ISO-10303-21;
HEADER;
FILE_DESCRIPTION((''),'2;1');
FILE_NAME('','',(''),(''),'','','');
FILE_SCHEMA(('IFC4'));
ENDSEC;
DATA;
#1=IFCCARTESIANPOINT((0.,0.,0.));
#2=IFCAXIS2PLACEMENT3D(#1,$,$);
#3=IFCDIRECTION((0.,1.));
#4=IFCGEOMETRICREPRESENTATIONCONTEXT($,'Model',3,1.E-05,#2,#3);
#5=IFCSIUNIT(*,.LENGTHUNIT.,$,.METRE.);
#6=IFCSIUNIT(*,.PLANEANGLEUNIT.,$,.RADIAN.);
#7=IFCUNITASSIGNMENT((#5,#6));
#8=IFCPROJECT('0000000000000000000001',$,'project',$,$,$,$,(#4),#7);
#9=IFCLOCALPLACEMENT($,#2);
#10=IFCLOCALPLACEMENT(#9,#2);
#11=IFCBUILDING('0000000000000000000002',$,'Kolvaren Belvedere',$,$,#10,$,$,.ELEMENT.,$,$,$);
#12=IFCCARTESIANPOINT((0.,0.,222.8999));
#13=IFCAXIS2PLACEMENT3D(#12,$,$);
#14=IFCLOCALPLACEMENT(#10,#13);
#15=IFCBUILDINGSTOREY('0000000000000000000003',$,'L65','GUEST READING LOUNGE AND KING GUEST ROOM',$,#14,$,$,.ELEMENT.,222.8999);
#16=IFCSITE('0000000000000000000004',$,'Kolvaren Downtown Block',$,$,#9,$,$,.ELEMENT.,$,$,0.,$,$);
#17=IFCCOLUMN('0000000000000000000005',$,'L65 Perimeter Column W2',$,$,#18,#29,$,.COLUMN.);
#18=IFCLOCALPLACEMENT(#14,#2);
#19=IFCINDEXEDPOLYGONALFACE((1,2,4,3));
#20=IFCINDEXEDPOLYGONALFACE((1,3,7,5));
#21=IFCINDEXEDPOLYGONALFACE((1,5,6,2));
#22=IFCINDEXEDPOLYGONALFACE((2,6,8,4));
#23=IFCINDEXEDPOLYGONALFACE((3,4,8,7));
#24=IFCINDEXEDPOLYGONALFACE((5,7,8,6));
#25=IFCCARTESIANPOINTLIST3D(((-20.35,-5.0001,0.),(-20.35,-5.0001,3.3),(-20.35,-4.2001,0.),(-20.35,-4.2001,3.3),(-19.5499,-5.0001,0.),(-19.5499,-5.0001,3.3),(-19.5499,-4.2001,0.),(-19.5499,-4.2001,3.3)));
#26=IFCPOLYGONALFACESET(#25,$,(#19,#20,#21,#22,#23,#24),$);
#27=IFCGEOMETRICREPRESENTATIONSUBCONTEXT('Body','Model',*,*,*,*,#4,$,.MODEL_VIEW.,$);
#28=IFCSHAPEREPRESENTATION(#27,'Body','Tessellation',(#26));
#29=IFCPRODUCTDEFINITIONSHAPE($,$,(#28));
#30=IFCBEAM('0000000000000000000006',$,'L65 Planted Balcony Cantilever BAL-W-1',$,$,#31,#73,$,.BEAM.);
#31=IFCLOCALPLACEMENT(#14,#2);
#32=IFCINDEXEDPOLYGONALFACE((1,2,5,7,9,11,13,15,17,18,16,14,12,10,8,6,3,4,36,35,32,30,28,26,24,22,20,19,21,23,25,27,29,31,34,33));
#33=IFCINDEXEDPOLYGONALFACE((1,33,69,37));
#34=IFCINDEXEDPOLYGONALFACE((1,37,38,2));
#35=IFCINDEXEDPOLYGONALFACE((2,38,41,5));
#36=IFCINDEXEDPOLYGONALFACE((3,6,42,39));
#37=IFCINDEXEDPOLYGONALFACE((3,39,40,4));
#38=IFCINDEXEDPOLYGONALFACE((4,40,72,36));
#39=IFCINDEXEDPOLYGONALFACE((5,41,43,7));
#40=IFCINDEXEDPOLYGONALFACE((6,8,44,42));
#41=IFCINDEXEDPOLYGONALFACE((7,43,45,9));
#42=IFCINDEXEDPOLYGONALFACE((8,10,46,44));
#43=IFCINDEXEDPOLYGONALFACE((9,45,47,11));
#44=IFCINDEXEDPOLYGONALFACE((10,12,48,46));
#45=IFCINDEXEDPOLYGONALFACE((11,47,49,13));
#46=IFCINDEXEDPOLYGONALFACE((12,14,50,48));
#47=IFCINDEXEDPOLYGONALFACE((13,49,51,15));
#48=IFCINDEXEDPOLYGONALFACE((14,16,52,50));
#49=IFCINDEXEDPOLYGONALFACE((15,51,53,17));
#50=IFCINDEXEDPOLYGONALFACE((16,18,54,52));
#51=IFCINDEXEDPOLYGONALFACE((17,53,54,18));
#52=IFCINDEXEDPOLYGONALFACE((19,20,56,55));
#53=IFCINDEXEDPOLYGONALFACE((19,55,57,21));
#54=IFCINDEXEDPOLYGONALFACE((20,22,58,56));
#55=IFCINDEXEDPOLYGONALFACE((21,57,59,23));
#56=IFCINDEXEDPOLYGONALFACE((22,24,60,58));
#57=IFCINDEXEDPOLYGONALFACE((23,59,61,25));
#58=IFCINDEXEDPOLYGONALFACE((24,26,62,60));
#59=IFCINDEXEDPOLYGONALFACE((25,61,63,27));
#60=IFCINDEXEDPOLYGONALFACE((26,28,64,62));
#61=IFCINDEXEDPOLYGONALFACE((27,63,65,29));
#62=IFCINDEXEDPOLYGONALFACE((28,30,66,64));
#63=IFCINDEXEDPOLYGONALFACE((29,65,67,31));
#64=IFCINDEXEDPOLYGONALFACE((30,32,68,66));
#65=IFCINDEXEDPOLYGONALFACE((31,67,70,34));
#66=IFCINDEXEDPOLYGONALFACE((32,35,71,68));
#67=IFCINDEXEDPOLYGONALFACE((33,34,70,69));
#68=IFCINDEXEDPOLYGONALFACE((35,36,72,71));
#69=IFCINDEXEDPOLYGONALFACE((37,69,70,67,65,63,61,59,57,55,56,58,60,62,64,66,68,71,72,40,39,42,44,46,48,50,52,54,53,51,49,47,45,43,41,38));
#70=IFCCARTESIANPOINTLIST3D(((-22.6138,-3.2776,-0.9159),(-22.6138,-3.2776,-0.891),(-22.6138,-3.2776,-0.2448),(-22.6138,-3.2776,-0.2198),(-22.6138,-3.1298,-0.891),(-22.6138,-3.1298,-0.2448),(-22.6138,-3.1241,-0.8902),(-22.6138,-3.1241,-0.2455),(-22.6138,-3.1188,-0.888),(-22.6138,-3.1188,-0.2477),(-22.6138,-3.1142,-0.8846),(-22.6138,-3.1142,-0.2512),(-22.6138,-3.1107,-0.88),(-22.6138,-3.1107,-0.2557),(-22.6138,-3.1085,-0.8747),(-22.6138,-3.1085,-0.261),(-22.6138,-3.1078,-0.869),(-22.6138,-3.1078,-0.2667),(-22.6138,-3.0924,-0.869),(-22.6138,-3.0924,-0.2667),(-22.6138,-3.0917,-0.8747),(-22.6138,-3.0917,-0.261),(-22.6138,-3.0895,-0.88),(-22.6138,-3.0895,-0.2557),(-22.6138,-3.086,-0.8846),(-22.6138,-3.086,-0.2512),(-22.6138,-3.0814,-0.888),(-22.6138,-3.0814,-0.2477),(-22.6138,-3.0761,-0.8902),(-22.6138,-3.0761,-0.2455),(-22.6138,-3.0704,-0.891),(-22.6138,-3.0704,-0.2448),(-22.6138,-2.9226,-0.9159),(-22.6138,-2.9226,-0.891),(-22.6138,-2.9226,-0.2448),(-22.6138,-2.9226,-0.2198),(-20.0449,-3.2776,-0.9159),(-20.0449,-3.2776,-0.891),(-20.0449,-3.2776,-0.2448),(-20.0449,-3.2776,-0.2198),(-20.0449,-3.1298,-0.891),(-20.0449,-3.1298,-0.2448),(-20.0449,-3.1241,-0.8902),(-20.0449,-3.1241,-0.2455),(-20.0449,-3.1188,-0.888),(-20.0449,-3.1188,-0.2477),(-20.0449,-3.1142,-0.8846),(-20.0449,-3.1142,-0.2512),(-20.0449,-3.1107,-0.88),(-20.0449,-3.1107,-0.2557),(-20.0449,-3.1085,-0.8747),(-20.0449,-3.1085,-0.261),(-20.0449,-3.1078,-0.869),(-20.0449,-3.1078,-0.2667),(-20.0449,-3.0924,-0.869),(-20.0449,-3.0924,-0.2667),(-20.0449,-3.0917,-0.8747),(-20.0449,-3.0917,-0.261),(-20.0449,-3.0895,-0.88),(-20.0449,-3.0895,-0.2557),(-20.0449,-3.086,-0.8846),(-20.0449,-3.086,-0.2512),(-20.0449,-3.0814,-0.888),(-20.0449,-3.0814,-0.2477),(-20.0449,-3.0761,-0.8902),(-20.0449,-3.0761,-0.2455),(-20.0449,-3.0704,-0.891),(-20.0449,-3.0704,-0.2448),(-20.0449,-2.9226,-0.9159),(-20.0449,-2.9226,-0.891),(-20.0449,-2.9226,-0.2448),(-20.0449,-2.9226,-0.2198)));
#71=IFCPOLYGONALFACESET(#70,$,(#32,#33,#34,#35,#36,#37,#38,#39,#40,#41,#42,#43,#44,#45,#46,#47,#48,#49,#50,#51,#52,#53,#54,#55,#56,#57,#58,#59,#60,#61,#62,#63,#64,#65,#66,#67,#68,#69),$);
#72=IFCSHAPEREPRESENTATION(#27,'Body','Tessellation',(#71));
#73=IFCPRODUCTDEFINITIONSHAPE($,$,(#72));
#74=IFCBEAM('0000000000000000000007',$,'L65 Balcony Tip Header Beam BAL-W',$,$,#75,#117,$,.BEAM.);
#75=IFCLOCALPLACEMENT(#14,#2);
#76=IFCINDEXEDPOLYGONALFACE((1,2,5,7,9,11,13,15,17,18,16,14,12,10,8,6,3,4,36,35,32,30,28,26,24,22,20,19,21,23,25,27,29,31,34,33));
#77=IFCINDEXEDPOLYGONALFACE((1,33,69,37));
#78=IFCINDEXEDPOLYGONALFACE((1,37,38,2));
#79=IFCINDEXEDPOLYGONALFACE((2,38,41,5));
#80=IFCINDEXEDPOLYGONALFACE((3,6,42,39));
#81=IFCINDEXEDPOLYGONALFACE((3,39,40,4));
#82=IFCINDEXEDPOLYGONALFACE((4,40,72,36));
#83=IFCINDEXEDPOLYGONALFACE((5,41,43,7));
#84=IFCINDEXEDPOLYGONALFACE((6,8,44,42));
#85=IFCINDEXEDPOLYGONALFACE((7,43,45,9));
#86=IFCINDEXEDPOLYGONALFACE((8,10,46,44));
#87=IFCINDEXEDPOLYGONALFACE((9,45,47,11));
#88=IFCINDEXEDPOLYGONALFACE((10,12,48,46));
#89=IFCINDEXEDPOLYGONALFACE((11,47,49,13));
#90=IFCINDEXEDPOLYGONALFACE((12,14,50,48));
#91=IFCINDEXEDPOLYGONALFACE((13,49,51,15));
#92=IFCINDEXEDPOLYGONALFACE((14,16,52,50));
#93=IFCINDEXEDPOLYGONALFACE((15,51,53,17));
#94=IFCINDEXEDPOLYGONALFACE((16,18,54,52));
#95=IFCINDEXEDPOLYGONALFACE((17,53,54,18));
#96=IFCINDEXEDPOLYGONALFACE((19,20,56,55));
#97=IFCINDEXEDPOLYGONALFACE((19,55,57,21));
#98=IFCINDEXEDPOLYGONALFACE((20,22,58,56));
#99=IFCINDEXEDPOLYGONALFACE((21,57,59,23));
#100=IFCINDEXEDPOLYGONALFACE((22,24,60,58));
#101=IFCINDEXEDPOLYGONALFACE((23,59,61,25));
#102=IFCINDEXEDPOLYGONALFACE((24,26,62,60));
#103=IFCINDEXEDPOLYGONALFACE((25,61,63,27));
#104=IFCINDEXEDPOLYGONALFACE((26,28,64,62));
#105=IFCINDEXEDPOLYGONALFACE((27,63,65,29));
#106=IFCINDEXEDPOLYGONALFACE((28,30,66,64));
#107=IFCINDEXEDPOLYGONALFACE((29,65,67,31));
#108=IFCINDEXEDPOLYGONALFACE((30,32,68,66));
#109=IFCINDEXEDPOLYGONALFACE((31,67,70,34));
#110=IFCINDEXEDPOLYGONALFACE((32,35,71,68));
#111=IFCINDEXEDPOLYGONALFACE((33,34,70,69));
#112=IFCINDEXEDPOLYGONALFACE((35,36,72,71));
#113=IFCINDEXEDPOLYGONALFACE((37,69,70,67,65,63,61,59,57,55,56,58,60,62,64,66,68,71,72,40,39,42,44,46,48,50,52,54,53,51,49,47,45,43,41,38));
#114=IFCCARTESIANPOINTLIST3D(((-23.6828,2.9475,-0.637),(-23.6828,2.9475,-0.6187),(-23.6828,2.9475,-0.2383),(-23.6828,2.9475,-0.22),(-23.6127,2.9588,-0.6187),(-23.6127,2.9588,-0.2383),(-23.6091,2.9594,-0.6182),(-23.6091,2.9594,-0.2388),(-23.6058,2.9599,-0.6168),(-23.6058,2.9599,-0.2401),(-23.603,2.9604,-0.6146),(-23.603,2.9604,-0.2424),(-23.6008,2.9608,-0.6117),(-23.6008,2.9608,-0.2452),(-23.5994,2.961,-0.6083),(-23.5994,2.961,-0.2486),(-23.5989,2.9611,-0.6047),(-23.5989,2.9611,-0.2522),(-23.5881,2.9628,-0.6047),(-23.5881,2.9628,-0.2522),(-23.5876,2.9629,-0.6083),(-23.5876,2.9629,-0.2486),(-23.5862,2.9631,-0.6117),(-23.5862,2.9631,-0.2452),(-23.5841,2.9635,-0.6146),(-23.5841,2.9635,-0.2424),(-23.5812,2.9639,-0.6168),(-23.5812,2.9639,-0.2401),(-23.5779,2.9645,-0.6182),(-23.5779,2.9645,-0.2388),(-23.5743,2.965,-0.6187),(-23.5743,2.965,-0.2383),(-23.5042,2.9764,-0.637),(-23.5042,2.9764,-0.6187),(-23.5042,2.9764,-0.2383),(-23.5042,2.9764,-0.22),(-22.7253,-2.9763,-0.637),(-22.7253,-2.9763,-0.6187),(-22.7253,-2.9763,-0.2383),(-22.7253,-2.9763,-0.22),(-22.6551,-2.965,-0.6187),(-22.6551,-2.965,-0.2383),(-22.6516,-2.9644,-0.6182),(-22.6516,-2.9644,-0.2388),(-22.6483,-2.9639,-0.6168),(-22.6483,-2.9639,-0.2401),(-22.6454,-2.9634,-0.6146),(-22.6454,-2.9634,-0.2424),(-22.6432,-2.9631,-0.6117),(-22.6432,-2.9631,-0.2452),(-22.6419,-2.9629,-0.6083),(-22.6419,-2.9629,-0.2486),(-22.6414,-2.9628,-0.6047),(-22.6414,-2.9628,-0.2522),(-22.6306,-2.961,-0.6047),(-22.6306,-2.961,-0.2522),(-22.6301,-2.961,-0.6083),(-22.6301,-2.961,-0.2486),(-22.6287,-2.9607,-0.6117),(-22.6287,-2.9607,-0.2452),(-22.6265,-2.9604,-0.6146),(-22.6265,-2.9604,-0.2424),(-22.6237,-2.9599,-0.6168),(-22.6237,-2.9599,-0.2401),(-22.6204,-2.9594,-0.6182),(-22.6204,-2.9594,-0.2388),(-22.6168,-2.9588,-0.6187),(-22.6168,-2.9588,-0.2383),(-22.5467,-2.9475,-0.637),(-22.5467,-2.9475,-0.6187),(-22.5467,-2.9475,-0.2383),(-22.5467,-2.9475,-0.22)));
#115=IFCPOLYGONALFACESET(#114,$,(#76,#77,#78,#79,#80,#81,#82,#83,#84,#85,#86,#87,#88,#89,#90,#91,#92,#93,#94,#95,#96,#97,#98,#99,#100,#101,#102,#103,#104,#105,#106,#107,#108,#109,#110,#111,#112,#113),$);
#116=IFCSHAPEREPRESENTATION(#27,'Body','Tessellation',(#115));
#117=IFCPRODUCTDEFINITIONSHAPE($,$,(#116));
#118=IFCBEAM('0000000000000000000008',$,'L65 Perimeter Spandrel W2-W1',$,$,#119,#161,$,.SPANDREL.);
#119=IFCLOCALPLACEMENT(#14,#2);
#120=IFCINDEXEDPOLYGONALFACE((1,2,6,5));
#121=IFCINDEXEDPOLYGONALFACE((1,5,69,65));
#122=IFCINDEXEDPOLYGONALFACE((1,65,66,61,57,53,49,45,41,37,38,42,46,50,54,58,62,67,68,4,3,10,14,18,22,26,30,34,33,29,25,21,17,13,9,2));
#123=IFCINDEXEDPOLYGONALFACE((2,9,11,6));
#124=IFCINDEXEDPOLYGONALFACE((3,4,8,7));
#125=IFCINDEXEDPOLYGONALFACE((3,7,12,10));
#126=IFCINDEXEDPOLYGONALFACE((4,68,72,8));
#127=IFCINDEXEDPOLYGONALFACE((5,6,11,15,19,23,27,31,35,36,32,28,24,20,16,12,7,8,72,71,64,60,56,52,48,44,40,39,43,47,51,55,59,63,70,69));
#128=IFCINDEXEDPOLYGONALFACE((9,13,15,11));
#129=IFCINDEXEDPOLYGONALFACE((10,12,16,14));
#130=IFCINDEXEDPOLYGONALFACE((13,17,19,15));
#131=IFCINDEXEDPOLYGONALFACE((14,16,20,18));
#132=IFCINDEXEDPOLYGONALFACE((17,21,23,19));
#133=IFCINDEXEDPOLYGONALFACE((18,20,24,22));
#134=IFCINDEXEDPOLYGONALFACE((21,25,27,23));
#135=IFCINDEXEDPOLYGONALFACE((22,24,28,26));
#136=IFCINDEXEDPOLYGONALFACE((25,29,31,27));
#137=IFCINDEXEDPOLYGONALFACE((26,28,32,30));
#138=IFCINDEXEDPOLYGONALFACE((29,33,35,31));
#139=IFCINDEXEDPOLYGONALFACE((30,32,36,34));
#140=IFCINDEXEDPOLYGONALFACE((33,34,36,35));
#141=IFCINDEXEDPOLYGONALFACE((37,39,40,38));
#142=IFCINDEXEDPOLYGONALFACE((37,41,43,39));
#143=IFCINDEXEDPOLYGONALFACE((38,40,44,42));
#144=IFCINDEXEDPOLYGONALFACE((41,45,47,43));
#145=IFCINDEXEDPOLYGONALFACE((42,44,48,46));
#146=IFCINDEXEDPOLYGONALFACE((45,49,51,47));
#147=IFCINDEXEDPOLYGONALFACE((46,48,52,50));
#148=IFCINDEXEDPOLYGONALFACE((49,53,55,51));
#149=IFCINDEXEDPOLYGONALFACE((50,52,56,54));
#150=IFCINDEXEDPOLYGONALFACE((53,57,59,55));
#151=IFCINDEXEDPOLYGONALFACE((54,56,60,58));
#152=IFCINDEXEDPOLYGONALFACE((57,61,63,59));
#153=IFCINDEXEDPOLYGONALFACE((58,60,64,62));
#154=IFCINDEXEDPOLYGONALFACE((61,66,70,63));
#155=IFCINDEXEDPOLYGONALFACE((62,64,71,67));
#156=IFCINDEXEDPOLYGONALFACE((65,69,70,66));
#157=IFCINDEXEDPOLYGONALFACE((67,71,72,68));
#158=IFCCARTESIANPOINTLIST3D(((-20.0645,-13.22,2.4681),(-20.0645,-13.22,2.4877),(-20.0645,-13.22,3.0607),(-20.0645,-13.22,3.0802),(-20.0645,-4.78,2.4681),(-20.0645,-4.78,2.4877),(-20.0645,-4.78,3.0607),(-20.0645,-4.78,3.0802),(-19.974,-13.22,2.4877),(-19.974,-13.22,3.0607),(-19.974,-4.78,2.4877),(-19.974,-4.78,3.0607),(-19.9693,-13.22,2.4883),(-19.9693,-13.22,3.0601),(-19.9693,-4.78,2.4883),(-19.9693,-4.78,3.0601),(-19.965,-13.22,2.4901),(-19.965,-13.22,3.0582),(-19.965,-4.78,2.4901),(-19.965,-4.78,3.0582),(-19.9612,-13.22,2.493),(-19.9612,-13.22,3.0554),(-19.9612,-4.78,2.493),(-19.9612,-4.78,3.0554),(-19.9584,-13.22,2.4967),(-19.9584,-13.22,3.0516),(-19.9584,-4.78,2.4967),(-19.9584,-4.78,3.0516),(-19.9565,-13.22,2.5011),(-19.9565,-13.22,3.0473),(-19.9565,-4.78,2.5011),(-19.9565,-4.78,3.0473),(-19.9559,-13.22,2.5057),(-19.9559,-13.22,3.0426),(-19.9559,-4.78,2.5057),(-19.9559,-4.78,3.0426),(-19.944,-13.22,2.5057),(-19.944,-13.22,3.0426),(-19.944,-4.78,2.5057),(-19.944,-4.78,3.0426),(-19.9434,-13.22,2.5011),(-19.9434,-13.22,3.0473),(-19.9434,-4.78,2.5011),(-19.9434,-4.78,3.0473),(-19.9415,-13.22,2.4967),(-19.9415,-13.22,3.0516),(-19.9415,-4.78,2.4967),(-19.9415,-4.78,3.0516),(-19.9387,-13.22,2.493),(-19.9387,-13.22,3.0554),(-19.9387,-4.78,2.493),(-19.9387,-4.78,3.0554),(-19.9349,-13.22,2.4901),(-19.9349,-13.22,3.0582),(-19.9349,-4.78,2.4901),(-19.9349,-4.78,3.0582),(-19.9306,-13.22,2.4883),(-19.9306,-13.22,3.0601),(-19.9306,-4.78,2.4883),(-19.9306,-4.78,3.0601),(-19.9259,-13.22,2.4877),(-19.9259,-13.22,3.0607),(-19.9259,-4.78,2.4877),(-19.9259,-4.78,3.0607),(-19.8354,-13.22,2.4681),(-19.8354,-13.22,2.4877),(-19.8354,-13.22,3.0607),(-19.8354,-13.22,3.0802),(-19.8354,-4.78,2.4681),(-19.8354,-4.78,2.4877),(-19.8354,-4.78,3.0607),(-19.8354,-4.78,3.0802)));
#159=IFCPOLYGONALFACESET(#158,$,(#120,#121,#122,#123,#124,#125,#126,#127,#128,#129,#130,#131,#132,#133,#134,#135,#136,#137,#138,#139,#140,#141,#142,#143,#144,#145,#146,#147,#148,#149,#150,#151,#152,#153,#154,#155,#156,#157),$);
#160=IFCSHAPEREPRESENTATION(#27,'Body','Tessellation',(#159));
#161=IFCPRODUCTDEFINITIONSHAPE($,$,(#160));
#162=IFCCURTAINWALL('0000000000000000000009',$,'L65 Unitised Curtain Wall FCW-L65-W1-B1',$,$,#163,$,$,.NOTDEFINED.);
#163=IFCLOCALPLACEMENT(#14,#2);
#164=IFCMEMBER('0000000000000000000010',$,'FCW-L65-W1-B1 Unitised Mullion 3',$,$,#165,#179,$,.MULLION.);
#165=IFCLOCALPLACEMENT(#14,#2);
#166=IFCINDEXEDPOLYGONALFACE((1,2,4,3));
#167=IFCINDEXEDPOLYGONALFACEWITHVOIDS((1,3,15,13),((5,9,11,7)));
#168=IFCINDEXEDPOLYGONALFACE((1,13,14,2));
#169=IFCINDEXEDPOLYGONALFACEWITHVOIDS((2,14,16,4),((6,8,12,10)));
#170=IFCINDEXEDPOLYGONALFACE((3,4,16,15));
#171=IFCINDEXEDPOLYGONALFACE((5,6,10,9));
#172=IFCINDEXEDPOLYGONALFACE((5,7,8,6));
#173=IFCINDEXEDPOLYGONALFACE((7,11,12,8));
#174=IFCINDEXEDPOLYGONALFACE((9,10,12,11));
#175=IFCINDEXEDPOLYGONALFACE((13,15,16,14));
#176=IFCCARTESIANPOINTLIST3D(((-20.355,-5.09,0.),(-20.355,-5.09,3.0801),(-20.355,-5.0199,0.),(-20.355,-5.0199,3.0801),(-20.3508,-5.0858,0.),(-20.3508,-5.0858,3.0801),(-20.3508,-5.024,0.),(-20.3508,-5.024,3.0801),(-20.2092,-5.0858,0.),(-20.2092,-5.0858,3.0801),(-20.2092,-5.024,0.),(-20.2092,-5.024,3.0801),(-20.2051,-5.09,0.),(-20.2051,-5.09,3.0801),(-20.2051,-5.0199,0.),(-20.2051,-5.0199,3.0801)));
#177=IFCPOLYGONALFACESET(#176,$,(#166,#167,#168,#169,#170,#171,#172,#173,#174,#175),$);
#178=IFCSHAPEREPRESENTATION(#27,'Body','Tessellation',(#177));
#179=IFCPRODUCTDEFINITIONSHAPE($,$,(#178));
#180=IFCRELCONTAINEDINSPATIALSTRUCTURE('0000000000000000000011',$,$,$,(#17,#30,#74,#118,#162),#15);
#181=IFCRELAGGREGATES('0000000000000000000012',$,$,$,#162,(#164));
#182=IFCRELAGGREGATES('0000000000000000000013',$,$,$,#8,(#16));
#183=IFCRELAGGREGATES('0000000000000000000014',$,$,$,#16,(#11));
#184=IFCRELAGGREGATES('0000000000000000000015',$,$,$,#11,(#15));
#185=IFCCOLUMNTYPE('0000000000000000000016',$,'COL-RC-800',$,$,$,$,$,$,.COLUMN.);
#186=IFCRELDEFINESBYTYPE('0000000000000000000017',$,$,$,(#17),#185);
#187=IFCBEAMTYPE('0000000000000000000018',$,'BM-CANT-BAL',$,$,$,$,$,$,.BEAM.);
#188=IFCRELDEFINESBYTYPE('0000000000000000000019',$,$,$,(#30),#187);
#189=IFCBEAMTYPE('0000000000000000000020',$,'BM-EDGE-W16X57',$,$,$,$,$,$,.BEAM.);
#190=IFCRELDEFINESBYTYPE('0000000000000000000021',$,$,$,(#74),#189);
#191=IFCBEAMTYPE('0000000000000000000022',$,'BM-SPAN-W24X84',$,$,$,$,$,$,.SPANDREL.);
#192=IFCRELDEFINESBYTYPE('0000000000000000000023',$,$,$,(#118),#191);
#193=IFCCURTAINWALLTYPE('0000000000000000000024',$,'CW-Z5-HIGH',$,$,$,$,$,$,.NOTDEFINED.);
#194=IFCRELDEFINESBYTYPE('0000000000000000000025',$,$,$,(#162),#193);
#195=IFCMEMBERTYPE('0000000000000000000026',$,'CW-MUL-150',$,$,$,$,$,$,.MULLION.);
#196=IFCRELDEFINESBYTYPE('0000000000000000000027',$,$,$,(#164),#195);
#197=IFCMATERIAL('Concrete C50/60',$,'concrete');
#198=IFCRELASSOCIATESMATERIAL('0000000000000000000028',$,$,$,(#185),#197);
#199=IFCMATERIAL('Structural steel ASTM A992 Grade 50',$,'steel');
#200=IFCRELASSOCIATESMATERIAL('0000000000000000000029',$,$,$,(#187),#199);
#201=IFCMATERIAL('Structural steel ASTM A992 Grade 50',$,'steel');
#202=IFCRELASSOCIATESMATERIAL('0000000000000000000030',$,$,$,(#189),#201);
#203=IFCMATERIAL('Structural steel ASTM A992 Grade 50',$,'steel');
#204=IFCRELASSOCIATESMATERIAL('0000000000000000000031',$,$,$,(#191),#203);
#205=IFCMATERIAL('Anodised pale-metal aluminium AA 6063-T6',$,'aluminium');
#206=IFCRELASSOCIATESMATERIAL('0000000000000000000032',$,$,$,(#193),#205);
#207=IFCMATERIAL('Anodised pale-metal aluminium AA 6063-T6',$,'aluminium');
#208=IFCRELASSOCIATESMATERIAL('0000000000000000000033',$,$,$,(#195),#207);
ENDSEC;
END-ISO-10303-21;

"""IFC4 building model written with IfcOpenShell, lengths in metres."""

from ifc_helpers import new_model, si_unit, direction, frame, origin, origin_2d, place, context, subcontext, project, spatial, rectangle, hollow_rectangle, i_section, extrude, material, material_profile, profile_set, type_object, element, aggregate, save


model = new_model("IFC4")

# Units and contexts
model_context = context("Model", 3, precision=1e-05, world=origin(), true_north=direction((0.0, 1.0)))
body_context = subcontext(model_context, "Body", "Model", "MODEL_VIEW")
ifc_project = project(units=[si_unit("LENGTHUNIT", "METRE"), si_unit("PLANEANGLEUNIT", "RADIAN")], contexts=[model_context])

# Site, building, storey
site_placement = place(None, origin())
site = spatial("IfcSite", under=ifc_project, at=site_placement, Name="Kolvaren Downtown Block", CompositionType="ELEMENT", RefElevation=0.0)
building_placement = place(site_placement, origin())
building = spatial("IfcBuilding", under=site, at=building_placement, Name="Kolvaren Belvedere", CompositionType="ELEMENT")
storey_placement = place(building_placement, frame((0.0, 0.0, 222.8999)))
storey = spatial("IfcBuildingStorey", under=building, at=storey_placement, Name="L65", Description="GUEST READING LOUNGE AND KING GUEST ROOM", CompositionType="ELEMENT", Elevation=222.8999)

# Column
ifc_material_1 = material(Name="Concrete C50/60", Category="concrete")
ifc_material_profile_1 = material_profile(ifc_material_1, rectangle(XDim=0.8, YDim=0.8, at=origin_2d()), Name="RC 800X800")
ifc_profile_set_1 = profile_set([ifc_material_profile_1], Name="Concrete C50/60")
column_type = type_object("IfcColumnType", Name="COL-RC-800", PredefinedType="COLUMN", material=ifc_profile_set_1)
column_placement = place(storey_placement, frame((-19.95, -4.6001, 0.0), z_axis=(0.0, 0.0, 1.0), x_axis=(1.0, 0.0, 0.0)))
element("IfcColumn", 1, at=column_placement, inside=storey, type_object=column_type, Name="L65 Perimeter Column W2", PredefinedType="COLUMN", context=body_context, shape_type="SweptSolid", body=[
    extrude(rectangle(XDim=0.8, YDim=0.8, at=origin_2d()), origin(), (0.0, 0.0, 1.0), 3.3),
])

# Beams
ifc_material_2 = material(Name="Structural steel ASTM A992 Grade 50", Category="steel")
ifc_material_profile_2 = material_profile(ifc_material_2, i_section(OverallWidth=0.355, OverallDepth=0.696, WebThickness=0.0154, FlangeThickness=0.0249, FilletRadius=0.022, at=origin_2d()), Name="W27X146")
ifc_profile_set_2 = profile_set([ifc_material_profile_2], Name="Structural steel ASTM A992 Grade 50")
beam_type_1 = type_object("IfcBeamType", Name="BM-CANT-BAL", PredefinedType="BEAM", material=ifc_profile_set_2)
beam_1_placement = place(storey_placement, frame((-20.0449, -3.1001, -0.5679), z_axis=(-1.0, 0.0, 0.0), x_axis=(0.0, -1.0, 0.0)))
element("IfcBeam", 2, at=beam_1_placement, inside=storey, type_object=beam_type_1, Name="L65 Planted Balcony Cantilever BAL-W-1", PredefinedType="BEAM", context=body_context, shape_type="SweptSolid", body=[
    extrude(i_section(OverallWidth=0.355, OverallDepth=0.696, WebThickness=0.0154, FlangeThickness=0.0249, FilletRadius=0.022, at=origin_2d()), origin(), (0.0, 0.0, 1.0), 2.5688),
])
ifc_material_3 = material(Name="Structural steel ASTM A992 Grade 50", Category="steel")
ifc_material_profile_3 = material_profile(ifc_material_3, i_section(OverallWidth=0.1809, OverallDepth=0.417, WebThickness=0.011, FlangeThickness=0.0183, FilletRadius=0.0139, at=origin_2d()), Name="W16X57")
ifc_profile_set_3 = profile_set([ifc_material_profile_3], Name="Structural steel ASTM A992 Grade 50")
beam_type_2 = type_object("IfcBeamType", Name="BM-EDGE-W16X57", PredefinedType="BEAM", material=ifc_profile_set_3)
beam_2_placement = place(storey_placement, frame((-22.636, -2.9619, -0.4285), z_axis=(-0.159568, 0.987187, 0.0), x_axis=(-0.987187, -0.159568, 0.0)))
element("IfcBeam", 3, at=beam_2_placement, inside=storey, type_object=beam_type_2, Name="L65 Balcony Tip Header Beam BAL-W", PredefinedType="BEAM", context=body_context, shape_type="SweptSolid", body=[
    extrude(i_section(OverallWidth=0.1809, OverallDepth=0.417, WebThickness=0.011, FlangeThickness=0.0183, FilletRadius=0.0139, at=origin_2d()), origin(), (0.0, 0.0, 1.0), 6.0007),
])
ifc_material_4 = material(Name="Structural steel ASTM A992 Grade 50", Category="steel")
ifc_material_profile_4 = material_profile(ifc_material_4, i_section(OverallWidth=0.229, OverallDepth=0.6121, WebThickness=0.012, FlangeThickness=0.0195, FilletRadius=0.0181, at=origin_2d()), Name="W24X84")
ifc_profile_set_4 = profile_set([ifc_material_profile_4], Name="Structural steel ASTM A992 Grade 50")
beam_type_3 = type_object("IfcBeamType", Name="BM-SPAN-W24X84", PredefinedType="SPANDREL", material=ifc_profile_set_4)
beam_3_placement = place(storey_placement, frame((-19.95, -4.78, 2.7742), z_axis=(0.0, -1.0, 0.0), x_axis=(1.0, 0.0, 0.0)))
element("IfcBeam", 4, at=beam_3_placement, inside=storey, type_object=beam_type_3, Name="L65 Perimeter Spandrel W2-W1", PredefinedType="SPANDREL", context=body_context, shape_type="SweptSolid", body=[
    extrude(i_section(OverallWidth=0.229, OverallDepth=0.6121, WebThickness=0.012, FlangeThickness=0.0195, FilletRadius=0.0181, at=origin_2d()), origin(), (0.0, 0.0, 1.0), 8.4399),
])

# Curtain wall, member
ifc_material_5 = material(Name="Anodised pale-metal aluminium AA 6063-T6", Category="aluminium")
curtain_wall_type = type_object("IfcCurtainWallType", Name="CW-Z5-HIGH", PredefinedType="NOTDEFINED", material=ifc_material_5)
curtain_wall_1_placement = place(storey_placement, origin())
curtain_wall_1 = element("IfcCurtainWall", 5, at=curtain_wall_1_placement, inside=storey, type_object=curtain_wall_type, Name="L65 Unitised Curtain Wall FCW-L65-W1-B1", PredefinedType="NOTDEFINED")
ifc_material_6 = material(Name="Anodised pale-metal aluminium AA 6063-T6", Category="aluminium")
ifc_material_profile_5 = material_profile(ifc_material_6, hollow_rectangle(XDim=0.0701, YDim=0.1499, WallThickness=0.0042, at=origin_2d()), Name="ALU-MUL-150X70")
ifc_profile_set_5 = profile_set([ifc_material_profile_5], Name="Anodised pale-metal aluminium AA 6063-T6")
member_type_1 = type_object("IfcMemberType", Name="CW-MUL-150", PredefinedType="MULLION", material=ifc_profile_set_5)
member_1_placement = place(storey_placement, frame((-20.28, -5.0549, 0.0), z_axis=(0.0, 0.0, 1.0), x_axis=(0.0, 1.0, 0.0)))
member_1 = element("IfcMember", 6, at=member_1_placement, type_object=member_type_1, Name="FCW-L65-W1-B1 Unitised Mullion 3", PredefinedType="MULLION", context=body_context, shape_type="SweptSolid", body=[
    extrude(hollow_rectangle(XDim=0.0701, YDim=0.1499, WallThickness=0.0042, at=origin_2d()), origin(), (0.0, 0.0, 1.0), 3.0801),
])
aggregate(curtain_wall_1, [member_1])

save(model, "model.ifc")
